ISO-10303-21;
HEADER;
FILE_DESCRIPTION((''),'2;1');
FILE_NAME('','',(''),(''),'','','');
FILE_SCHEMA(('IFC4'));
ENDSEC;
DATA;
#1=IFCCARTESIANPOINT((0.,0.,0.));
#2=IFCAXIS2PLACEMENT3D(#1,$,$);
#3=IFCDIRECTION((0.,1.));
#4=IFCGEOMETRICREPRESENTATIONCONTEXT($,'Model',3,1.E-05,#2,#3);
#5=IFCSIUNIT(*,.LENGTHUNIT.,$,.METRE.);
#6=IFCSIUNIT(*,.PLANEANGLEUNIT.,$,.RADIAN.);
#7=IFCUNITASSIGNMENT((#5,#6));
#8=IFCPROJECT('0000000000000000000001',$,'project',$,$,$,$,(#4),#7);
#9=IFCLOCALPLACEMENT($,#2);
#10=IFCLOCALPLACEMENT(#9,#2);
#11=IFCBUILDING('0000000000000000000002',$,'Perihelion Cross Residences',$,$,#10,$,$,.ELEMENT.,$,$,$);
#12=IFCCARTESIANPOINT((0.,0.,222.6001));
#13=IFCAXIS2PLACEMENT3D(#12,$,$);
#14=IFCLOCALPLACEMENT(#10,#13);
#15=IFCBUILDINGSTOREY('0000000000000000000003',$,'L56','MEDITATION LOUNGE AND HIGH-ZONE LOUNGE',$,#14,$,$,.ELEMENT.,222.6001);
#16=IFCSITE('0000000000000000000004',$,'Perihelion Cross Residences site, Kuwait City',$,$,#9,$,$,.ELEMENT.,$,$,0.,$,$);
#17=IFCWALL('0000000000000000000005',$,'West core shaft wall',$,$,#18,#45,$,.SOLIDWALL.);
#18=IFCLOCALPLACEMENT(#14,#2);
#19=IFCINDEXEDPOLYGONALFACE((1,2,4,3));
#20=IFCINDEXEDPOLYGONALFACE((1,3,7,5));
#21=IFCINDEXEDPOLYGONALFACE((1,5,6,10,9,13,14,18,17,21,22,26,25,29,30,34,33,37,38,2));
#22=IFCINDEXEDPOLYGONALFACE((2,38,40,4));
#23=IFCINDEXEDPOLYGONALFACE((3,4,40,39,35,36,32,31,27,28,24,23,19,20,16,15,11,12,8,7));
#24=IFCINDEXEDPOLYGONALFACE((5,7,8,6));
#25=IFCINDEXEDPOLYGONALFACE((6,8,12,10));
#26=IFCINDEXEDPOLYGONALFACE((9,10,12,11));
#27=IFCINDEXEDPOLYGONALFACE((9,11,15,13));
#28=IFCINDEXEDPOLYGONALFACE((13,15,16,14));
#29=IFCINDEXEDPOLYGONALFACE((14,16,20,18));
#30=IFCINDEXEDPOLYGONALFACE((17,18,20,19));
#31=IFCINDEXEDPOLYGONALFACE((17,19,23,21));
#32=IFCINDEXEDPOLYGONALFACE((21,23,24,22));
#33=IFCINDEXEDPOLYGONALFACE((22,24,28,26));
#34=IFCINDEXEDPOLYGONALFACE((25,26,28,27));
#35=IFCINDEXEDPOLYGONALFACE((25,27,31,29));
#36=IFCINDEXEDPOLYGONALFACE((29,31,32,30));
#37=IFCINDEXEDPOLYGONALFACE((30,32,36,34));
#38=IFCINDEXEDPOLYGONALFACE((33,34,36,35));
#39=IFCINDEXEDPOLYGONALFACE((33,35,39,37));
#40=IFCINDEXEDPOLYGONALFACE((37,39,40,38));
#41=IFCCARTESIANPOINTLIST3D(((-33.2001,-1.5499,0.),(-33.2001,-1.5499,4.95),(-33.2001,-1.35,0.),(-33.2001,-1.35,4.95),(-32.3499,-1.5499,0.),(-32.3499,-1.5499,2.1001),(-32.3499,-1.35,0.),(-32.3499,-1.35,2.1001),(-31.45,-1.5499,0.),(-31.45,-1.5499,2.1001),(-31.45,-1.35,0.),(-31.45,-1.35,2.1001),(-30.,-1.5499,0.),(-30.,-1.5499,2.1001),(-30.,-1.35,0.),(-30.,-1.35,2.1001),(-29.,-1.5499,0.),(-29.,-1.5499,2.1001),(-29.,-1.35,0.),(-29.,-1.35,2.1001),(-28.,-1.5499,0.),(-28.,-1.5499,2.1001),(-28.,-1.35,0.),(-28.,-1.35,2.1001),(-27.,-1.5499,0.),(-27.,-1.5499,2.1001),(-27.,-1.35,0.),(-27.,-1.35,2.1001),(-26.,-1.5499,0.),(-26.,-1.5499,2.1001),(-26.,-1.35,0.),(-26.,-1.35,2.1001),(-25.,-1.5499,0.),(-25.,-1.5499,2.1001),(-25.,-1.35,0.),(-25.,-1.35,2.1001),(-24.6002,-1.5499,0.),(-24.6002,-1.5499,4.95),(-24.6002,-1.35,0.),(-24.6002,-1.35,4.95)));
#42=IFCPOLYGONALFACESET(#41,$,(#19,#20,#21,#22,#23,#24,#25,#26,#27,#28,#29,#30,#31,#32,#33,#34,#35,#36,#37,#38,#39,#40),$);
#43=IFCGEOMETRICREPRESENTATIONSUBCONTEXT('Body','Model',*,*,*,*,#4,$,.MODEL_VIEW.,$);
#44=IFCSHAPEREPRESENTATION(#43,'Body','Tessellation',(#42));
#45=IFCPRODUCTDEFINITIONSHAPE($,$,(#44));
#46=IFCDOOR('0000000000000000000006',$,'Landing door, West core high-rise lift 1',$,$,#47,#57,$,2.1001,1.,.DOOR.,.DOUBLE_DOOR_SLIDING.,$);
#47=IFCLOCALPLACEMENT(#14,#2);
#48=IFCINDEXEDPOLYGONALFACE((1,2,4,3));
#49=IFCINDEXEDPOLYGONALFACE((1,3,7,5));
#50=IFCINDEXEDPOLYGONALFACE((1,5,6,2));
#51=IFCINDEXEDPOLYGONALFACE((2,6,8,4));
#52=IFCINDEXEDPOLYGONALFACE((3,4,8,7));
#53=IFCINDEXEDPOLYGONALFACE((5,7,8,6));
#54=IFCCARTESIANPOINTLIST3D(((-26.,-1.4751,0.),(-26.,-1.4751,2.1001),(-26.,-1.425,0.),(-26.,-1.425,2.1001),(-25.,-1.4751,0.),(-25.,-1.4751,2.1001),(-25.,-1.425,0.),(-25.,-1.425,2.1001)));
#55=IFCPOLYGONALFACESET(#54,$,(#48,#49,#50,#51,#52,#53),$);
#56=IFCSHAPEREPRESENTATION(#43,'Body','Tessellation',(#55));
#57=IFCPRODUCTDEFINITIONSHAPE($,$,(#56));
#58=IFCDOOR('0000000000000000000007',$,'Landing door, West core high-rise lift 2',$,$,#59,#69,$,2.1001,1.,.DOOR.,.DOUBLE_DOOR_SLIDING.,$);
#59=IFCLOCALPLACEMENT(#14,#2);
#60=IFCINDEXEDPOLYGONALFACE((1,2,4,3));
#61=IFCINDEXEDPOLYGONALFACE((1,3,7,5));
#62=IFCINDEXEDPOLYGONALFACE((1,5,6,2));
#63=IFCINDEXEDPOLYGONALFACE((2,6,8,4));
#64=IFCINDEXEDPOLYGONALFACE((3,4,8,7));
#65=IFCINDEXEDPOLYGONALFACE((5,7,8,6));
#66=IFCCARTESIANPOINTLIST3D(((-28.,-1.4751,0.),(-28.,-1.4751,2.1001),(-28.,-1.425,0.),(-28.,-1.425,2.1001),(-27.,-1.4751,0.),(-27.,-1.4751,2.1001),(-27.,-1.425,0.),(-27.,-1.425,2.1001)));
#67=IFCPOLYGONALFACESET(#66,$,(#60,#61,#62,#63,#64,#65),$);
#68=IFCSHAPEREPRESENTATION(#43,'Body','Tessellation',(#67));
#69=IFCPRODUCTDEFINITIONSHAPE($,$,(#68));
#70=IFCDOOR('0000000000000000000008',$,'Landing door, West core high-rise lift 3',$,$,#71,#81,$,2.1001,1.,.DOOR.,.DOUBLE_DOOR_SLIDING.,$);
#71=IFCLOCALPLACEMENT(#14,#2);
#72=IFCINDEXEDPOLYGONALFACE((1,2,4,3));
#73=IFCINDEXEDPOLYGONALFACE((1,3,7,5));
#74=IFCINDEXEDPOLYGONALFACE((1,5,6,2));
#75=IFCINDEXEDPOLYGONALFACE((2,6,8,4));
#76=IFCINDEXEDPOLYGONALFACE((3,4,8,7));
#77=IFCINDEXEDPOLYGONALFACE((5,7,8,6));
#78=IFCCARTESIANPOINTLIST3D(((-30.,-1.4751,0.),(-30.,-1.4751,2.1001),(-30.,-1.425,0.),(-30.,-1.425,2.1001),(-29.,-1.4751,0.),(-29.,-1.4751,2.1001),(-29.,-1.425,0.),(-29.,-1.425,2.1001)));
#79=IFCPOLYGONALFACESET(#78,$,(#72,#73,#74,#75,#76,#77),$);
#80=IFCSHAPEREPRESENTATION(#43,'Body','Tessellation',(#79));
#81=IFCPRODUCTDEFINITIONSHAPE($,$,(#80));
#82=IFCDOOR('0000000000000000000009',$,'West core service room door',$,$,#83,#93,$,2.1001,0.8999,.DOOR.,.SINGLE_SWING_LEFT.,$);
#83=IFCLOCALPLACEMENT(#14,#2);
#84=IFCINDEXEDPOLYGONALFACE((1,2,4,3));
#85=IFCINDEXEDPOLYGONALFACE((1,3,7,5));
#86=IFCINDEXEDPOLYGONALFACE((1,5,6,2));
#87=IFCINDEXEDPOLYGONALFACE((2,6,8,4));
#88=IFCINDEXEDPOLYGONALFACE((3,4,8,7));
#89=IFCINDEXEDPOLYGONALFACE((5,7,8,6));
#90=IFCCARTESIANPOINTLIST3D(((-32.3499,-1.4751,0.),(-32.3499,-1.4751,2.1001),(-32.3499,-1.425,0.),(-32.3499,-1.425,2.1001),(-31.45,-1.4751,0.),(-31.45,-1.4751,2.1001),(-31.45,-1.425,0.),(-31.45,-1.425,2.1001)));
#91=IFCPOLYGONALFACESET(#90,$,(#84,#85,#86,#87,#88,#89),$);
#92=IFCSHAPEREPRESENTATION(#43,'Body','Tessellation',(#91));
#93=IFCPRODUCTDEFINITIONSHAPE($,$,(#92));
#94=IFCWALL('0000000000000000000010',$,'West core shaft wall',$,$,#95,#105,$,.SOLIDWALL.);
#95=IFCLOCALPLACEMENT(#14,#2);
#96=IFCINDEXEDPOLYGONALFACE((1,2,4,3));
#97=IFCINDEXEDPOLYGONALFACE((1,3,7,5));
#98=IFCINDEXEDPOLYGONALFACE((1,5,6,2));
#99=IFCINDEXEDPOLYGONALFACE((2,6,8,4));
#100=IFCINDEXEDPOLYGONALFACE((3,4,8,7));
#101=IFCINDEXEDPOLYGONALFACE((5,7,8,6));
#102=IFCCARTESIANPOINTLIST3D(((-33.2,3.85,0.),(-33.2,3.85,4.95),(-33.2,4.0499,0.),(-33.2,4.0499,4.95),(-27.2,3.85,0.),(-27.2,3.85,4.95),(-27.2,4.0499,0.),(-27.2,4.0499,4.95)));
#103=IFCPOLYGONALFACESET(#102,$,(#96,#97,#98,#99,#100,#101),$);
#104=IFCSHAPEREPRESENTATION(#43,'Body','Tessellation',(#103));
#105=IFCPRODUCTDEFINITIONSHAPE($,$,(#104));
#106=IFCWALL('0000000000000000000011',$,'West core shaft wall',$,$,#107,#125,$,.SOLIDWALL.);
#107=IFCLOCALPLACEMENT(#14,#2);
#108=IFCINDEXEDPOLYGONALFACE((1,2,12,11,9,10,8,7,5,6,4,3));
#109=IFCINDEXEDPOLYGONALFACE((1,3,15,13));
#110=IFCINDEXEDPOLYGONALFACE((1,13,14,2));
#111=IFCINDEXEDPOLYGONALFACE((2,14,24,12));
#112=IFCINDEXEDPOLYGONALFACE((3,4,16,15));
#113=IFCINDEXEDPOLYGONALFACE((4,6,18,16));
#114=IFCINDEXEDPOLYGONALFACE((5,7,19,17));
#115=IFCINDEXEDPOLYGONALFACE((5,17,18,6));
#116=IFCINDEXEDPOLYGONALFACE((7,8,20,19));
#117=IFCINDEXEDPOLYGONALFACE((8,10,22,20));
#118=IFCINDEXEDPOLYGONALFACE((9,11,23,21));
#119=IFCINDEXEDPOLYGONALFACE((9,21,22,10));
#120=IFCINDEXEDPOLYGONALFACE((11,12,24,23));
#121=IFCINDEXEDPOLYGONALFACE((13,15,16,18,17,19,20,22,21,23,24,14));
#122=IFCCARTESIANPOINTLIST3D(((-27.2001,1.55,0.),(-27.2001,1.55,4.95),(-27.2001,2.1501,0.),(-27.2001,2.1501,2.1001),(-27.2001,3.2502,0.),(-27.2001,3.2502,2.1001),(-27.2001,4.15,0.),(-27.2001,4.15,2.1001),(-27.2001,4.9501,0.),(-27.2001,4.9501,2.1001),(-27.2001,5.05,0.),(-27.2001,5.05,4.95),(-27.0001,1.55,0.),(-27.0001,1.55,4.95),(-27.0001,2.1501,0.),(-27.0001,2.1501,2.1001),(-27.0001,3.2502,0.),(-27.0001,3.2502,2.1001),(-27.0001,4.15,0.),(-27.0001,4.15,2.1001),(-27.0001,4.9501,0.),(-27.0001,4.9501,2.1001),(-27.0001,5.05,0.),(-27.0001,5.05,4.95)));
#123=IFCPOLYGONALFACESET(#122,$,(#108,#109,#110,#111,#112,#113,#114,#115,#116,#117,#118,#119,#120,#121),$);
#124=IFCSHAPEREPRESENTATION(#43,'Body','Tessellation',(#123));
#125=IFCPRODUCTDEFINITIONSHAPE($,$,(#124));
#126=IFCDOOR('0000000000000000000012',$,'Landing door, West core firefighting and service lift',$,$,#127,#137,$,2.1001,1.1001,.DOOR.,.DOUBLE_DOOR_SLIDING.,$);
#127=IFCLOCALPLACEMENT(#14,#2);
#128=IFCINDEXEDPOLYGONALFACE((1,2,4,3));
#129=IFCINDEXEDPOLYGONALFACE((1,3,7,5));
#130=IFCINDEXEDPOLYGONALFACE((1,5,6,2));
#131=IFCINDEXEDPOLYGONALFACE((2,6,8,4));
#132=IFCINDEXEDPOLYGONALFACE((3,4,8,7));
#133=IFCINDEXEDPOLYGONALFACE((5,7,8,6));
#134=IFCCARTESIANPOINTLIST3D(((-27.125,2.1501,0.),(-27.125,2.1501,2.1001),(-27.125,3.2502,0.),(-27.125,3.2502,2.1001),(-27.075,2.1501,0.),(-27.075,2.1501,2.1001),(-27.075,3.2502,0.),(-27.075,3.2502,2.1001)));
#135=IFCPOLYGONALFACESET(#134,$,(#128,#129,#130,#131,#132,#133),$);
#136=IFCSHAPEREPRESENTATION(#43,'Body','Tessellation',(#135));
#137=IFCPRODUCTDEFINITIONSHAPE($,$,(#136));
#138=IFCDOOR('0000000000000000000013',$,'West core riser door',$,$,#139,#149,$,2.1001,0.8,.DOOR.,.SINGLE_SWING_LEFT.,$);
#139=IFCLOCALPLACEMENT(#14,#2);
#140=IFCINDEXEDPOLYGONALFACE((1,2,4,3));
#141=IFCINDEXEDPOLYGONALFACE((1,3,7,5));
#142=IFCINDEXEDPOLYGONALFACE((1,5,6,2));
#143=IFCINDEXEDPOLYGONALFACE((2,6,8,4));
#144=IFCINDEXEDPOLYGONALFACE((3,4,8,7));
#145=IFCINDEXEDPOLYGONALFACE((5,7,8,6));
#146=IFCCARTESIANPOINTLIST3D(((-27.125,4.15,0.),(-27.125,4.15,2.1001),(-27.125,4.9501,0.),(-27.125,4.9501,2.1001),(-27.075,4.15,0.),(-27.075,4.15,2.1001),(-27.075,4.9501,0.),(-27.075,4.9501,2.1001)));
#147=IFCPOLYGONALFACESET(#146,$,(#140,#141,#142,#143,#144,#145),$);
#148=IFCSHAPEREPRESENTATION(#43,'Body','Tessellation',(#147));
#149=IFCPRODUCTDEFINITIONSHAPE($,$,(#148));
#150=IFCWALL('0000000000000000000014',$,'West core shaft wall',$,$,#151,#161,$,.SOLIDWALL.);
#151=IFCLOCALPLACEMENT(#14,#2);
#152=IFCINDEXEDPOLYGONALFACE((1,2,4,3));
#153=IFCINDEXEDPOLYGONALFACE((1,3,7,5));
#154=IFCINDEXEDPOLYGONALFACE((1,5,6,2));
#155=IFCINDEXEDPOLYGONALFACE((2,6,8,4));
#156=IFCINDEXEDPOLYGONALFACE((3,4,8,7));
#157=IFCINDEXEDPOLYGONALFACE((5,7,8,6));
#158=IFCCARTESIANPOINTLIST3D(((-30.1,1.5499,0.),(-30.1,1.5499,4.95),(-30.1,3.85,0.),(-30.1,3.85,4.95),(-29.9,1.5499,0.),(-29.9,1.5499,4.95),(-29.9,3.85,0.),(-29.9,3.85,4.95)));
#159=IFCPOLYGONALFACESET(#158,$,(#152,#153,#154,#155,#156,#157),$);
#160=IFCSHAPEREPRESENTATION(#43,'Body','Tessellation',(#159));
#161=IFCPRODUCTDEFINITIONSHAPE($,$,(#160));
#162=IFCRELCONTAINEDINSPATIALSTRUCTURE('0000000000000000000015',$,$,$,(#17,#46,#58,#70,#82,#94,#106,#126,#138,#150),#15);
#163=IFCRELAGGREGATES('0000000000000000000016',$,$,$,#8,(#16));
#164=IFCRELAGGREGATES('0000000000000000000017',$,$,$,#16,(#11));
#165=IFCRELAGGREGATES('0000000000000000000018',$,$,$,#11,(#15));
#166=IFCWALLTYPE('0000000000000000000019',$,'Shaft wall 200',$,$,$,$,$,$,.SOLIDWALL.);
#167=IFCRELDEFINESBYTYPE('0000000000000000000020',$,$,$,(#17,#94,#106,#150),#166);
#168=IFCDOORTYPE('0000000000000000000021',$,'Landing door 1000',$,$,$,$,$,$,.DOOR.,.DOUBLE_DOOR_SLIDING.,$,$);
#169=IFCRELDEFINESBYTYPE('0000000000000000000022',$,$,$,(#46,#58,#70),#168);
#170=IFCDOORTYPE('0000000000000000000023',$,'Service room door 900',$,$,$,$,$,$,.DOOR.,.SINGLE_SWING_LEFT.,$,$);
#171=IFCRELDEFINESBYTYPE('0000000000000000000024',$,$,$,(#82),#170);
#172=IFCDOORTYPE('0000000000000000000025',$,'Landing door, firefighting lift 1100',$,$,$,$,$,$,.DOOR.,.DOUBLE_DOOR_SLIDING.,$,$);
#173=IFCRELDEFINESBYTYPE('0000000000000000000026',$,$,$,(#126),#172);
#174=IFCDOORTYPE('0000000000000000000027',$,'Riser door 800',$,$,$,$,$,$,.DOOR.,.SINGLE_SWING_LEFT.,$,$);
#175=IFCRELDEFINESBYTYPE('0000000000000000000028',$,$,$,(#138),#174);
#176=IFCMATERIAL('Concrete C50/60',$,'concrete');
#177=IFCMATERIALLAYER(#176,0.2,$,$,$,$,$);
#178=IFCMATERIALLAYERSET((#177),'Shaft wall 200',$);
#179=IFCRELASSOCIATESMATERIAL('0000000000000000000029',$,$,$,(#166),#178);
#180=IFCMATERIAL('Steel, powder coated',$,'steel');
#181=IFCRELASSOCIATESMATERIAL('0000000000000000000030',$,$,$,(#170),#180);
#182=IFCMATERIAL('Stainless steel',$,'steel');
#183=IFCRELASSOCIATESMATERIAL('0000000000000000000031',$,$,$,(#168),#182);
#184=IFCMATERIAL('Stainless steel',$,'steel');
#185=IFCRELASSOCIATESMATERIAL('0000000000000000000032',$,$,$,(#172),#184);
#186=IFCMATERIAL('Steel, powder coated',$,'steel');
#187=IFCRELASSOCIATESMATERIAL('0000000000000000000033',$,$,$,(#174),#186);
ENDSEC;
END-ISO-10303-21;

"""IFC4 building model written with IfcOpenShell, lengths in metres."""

from ifc_helpers import new_model, si_unit, direction, frame, frame_2d, origin, place, context, subcontext, project, spatial, rectangle, extrude, material, layer, layer_set, type_object, element, fill, save


model = new_model("IFC4")

# Units and contexts
model_context = context("Model", 3, precision=1e-05, world=origin(), true_north=direction((0.0, 1.0)))
body_context = subcontext(model_context, "Body", "Model", "MODEL_VIEW")
ifc_project = project(units=[si_unit("LENGTHUNIT", "METRE"), si_unit("PLANEANGLEUNIT", "RADIAN")], contexts=[model_context])

# Site, building, storey
site_placement = place(None, origin())
site = spatial("IfcSite", under=ifc_project, at=site_placement, Name="Perihelion Cross Residences site, Kuwait City", CompositionType="ELEMENT", RefElevation=0.0)
building_placement = place(site_placement, origin())
building = spatial("IfcBuilding", under=site, at=building_placement, Name="Perihelion Cross Residences", CompositionType="ELEMENT")
storey_placement = place(building_placement, frame((0.0, 0.0, 222.6001)))
storey = spatial("IfcBuildingStorey", under=building, at=storey_placement, Name="L56", Description="MEDITATION LOUNGE AND HIGH-ZONE LOUNGE", CompositionType="ELEMENT", Elevation=222.6001)

# Wall, openings, doors
ifc_material_1 = material(Name="Concrete C50/60", Category="concrete")
ifc_layer_1 = layer(ifc_material_1, 0.2)
ifc_layer_set_1 = layer_set([ifc_layer_1], Name="Shaft wall 200")
wall_type_1 = type_object("IfcWallType", Name="Shaft wall 200", PredefinedType="SOLIDWALL", material=ifc_layer_set_1)
ifc_material_2 = material(Name="Steel, powder coated", Category="steel")
door_type_1 = type_object("IfcDoorType", Name="Service room door 900", OperationType="SINGLE_SWING_LEFT", PredefinedType="DOOR", material=ifc_material_2)
wall_1_placement = place(storey_placement, frame((-33.2, -1.45, 0.0), z_axis=(0.0, 0.0, 1.0), x_axis=(1.0, 0.0, 0.0)))
wall_1 = element("IfcWall", 1, at=wall_1_placement, inside=storey, type_object=wall_type_1, Name="West core shaft wall", PredefinedType="SOLIDWALL", context=body_context, shape_type="SweptSolid", body=[
    extrude(rectangle(XDim=8.5999, YDim=0.2, at=frame_2d((4.2998, 0.0))), origin(), (0.0, 0.0, 1.0), 4.95),
])
opening_1_placement = place(wall_1_placement, frame((7.2, 0.0, 0.0)))
opening_1 = element("IfcOpeningElement", 2, at=opening_1_placement, cuts=wall_1, PredefinedType="OPENING", context=body_context, shape_type="SweptSolid", body=[
    extrude(rectangle(XDim=1.0, YDim=2.1001, at=frame_2d((0.5, 1.05))), frame((0.0, 0.1099, 0.0), z_axis=(0.0, -1.0, 0.0), x_axis=(1.0, 0.0, 0.0)), (0.0, 0.0, 1.0), 0.22),
])
opening_2_placement = place(wall_1_placement, frame((5.2, 0.0, 0.0)))
opening_2 = element("IfcOpeningElement", 3, at=opening_2_placement, cuts=wall_1, PredefinedType="OPENING", context=body_context, shape_type="SweptSolid", body=[
    extrude(rectangle(XDim=1.0, YDim=2.1001, at=frame_2d((0.5, 1.05))), frame((0.0, 0.1099, 0.0), z_axis=(0.0, -1.0, 0.0), x_axis=(1.0, 0.0, 0.0)), (0.0, 0.0, 1.0), 0.22),
])
opening_3_placement = place(wall_1_placement, frame((3.2, 0.0, 0.0)))
opening_3 = element("IfcOpeningElement", 4, at=opening_3_placement, cuts=wall_1, PredefinedType="OPENING", context=body_context, shape_type="SweptSolid", body=[
    extrude(rectangle(XDim=1.0, YDim=2.1001, at=frame_2d((0.5, 1.05))), frame((0.0, 0.1099, 0.0), z_axis=(0.0, -1.0, 0.0), x_axis=(1.0, 0.0, 0.0)), (0.0, 0.0, 1.0), 0.22),
])
opening_4_placement = place(wall_1_placement, frame((0.8501, 0.0, 0.0)))
opening_4 = element("IfcOpeningElement", 5, at=opening_4_placement, cuts=wall_1, PredefinedType="OPENING", context=body_context, shape_type="SweptSolid", body=[
    extrude(rectangle(XDim=0.8999, YDim=2.1001, at=frame_2d((0.45, 1.05))), frame((0.0, 0.1099, 0.0), z_axis=(0.0, -1.0, 0.0), x_axis=(1.0, 0.0, 0.0)), (0.0, 0.0, 1.0), 0.22),
])
ifc_material_3 = material(Name="Stainless steel", Category="steel")
door_type_2 = type_object("IfcDoorType", Name="Landing door 1000", OperationType="DOUBLE_DOOR_SLIDING", PredefinedType="DOOR", material=ifc_material_3)
door_1_placement = place(opening_1_placement, origin())
door_1 = element("IfcDoor", 6, at=door_1_placement, inside=storey, type_object=door_type_2, Name="Landing door, West core high-rise lift 1", OperationType="DOUBLE_DOOR_SLIDING", OverallHeight=2.1001, OverallWidth=1.0, PredefinedType="DOOR", context=body_context, shape_type="SweptSolid", body=[
    extrude(rectangle(XDim=1.0, YDim=2.1001, at=frame_2d((0.5, 1.05))), frame((0.0, 0.0249, 0.0), z_axis=(0.0, -1.0, 0.0), x_axis=(1.0, 0.0, 0.0)), (0.0, 0.0, 1.0), 0.05),
])
fill(opening_1, door_1)
door_2_placement = place(opening_2_placement, origin())
door_2 = element("IfcDoor", 7, at=door_2_placement, inside=storey, type_object=door_type_2, Name="Landing door, West core high-rise lift 2", OperationType="DOUBLE_DOOR_SLIDING", OverallHeight=2.1001, OverallWidth=1.0, PredefinedType="DOOR", context=body_context, shape_type="SweptSolid", body=[
    extrude(rectangle(XDim=1.0, YDim=2.1001, at=frame_2d((0.5, 1.05))), frame((0.0, 0.0249, 0.0), z_axis=(0.0, -1.0, 0.0), x_axis=(1.0, 0.0, 0.0)), (0.0, 0.0, 1.0), 0.05),
])
fill(opening_2, door_2)
door_3_placement = place(opening_3_placement, origin())
door_3 = element("IfcDoor", 8, at=door_3_placement, inside=storey, type_object=door_type_2, Name="Landing door, West core high-rise lift 3", OperationType="DOUBLE_DOOR_SLIDING", OverallHeight=2.1001, OverallWidth=1.0, PredefinedType="DOOR", context=body_context, shape_type="SweptSolid", body=[
    extrude(rectangle(XDim=1.0, YDim=2.1001, at=frame_2d((0.5, 1.05))), frame((0.0, 0.0249, 0.0), z_axis=(0.0, -1.0, 0.0), x_axis=(1.0, 0.0, 0.0)), (0.0, 0.0, 1.0), 0.05),
])
fill(opening_3, door_3)
door_4_placement = place(opening_4_placement, origin())
door_4 = element("IfcDoor", 9, at=door_4_placement, inside=storey, type_object=door_type_1, Name="West core service room door", OperationType="SINGLE_SWING_LEFT", OverallHeight=2.1001, OverallWidth=0.8999, PredefinedType="DOOR", context=body_context, shape_type="SweptSolid", body=[
    extrude(rectangle(XDim=0.8999, YDim=2.1001, at=frame_2d((0.45, 1.05))), frame((0.0, 0.0249, 0.0), z_axis=(0.0, -1.0, 0.0), x_axis=(1.0, 0.0, 0.0)), (0.0, 0.0, 1.0), 0.05),
])
fill(opening_4, door_4)

# Wall
wall_2_placement = place(storey_placement, frame((-33.2, 3.95, 0.0), z_axis=(0.0, 0.0, 1.0), x_axis=(1.0, 0.0, 0.0)))
element("IfcWall", 10, at=wall_2_placement, inside=storey, type_object=wall_type_1, Name="West core shaft wall", PredefinedType="SOLIDWALL", context=body_context, shape_type="SweptSolid", body=[
    extrude(rectangle(XDim=6.0, YDim=0.2, at=frame_2d((3.0, 0.0))), origin(), (0.0, 0.0, 1.0), 4.95),
])

# Wall, openings, doors
wall_3_placement = place(storey_placement, frame((-27.1001, 1.55, 0.0), z_axis=(0.0, 0.0, 1.0), x_axis=(0.0, 1.0, 0.0)))
wall_3 = element("IfcWall", 11, at=wall_3_placement, inside=storey, type_object=wall_type_1, Name="West core shaft wall", PredefinedType="SOLIDWALL", context=body_context, shape_type="SweptSolid", body=[
    extrude(rectangle(XDim=3.5, YDim=0.2, at=frame_2d((1.75, 0.0))), origin(), (0.0, 0.0, 1.0), 4.95),
])
opening_5_placement = place(wall_3_placement, frame((0.6001, 0.0, 0.0)))
opening_5 = element("IfcOpeningElement", 12, at=opening_5_placement, cuts=wall_3, PredefinedType="OPENING", context=body_context, shape_type="SweptSolid", body=[
    extrude(rectangle(XDim=1.1001, YDim=2.1001, at=frame_2d((0.55, 1.05))), frame((0.0, 0.1099, 0.0), z_axis=(0.0, -1.0, 0.0), x_axis=(1.0, 0.0, 0.0)), (0.0, 0.0, 1.0), 0.22),
])
opening_6_placement = place(wall_3_placement, frame((2.6001, 0.0, 0.0)))
opening_6 = element("IfcOpeningElement", 13, at=opening_6_placement, cuts=wall_3, PredefinedType="OPENING", context=body_context, shape_type="SweptSolid", body=[
    extrude(rectangle(XDim=0.8, YDim=2.1001, at=frame_2d((0.3999, 1.05))), frame((0.0, 0.1099, 0.0), z_axis=(0.0, -1.0, 0.0), x_axis=(1.0, 0.0, 0.0)), (0.0, 0.0, 1.0), 0.22),
])
ifc_material_4 = material(Name="Stainless steel", Category="steel")
door_type_3 = type_object("IfcDoorType", Name="Landing door, firefighting lift 1100", OperationType="DOUBLE_DOOR_SLIDING", PredefinedType="DOOR", material=ifc_material_4)
door_5_placement = place(opening_5_placement, origin())
door_5 = element("IfcDoor", 14, at=door_5_placement, inside=storey, type_object=door_type_3, Name="Landing door, West core firefighting and service lift", OperationType="DOUBLE_DOOR_SLIDING", OverallHeight=2.1001, OverallWidth=1.1001, PredefinedType="DOOR", context=body_context, shape_type="SweptSolid", body=[
    extrude(rectangle(XDim=1.1001, YDim=2.1001, at=frame_2d((0.55, 1.05))), frame((0.0, 0.0249, 0.0), z_axis=(0.0, -1.0, 0.0), x_axis=(1.0, 0.0, 0.0)), (0.0, 0.0, 1.0), 0.05),
])
fill(opening_5, door_5)
ifc_material_5 = material(Name="Steel, powder coated", Category="steel")
door_type_4 = type_object("IfcDoorType", Name="Riser door 800", OperationType="SINGLE_SWING_LEFT", PredefinedType="DOOR", material=ifc_material_5)
door_6_placement = place(opening_6_placement, origin())
door_6 = element("IfcDoor", 15, at=door_6_placement, inside=storey, type_object=door_type_4, Name="West core riser door", OperationType="SINGLE_SWING_LEFT", OverallHeight=2.1001, OverallWidth=0.8, PredefinedType="DOOR", context=body_context, shape_type="SweptSolid", body=[
    extrude(rectangle(XDim=0.8, YDim=2.1001, at=frame_2d((0.3999, 1.05))), frame((0.0, 0.0249, 0.0), z_axis=(0.0, -1.0, 0.0), x_axis=(1.0, 0.0, 0.0)), (0.0, 0.0, 1.0), 0.05),
])
fill(opening_6, door_6)

# Wall
for number, where, z_axis, x_axis, name in (
    (16, (-30.0, 1.55, 0.0), (0.0, 0.0, 1.0), (0.0, 1.0, 0.0), "West core shaft wall"),
):
    element("IfcWall", number, at=place(storey_placement, frame(where, z_axis=z_axis, x_axis=x_axis)), inside=storey, type_object=wall_type_1, Name=name, PredefinedType="SOLIDWALL", context=body_context, shape_type="SweptSolid", body=[
        extrude(rectangle(XDim=2.3, YDim=0.2, at=frame_2d((1.1499, 0.0))), origin(), (0.0, 0.0, 1.0), 4.95),
    ])

save(model, "model.ifc")
